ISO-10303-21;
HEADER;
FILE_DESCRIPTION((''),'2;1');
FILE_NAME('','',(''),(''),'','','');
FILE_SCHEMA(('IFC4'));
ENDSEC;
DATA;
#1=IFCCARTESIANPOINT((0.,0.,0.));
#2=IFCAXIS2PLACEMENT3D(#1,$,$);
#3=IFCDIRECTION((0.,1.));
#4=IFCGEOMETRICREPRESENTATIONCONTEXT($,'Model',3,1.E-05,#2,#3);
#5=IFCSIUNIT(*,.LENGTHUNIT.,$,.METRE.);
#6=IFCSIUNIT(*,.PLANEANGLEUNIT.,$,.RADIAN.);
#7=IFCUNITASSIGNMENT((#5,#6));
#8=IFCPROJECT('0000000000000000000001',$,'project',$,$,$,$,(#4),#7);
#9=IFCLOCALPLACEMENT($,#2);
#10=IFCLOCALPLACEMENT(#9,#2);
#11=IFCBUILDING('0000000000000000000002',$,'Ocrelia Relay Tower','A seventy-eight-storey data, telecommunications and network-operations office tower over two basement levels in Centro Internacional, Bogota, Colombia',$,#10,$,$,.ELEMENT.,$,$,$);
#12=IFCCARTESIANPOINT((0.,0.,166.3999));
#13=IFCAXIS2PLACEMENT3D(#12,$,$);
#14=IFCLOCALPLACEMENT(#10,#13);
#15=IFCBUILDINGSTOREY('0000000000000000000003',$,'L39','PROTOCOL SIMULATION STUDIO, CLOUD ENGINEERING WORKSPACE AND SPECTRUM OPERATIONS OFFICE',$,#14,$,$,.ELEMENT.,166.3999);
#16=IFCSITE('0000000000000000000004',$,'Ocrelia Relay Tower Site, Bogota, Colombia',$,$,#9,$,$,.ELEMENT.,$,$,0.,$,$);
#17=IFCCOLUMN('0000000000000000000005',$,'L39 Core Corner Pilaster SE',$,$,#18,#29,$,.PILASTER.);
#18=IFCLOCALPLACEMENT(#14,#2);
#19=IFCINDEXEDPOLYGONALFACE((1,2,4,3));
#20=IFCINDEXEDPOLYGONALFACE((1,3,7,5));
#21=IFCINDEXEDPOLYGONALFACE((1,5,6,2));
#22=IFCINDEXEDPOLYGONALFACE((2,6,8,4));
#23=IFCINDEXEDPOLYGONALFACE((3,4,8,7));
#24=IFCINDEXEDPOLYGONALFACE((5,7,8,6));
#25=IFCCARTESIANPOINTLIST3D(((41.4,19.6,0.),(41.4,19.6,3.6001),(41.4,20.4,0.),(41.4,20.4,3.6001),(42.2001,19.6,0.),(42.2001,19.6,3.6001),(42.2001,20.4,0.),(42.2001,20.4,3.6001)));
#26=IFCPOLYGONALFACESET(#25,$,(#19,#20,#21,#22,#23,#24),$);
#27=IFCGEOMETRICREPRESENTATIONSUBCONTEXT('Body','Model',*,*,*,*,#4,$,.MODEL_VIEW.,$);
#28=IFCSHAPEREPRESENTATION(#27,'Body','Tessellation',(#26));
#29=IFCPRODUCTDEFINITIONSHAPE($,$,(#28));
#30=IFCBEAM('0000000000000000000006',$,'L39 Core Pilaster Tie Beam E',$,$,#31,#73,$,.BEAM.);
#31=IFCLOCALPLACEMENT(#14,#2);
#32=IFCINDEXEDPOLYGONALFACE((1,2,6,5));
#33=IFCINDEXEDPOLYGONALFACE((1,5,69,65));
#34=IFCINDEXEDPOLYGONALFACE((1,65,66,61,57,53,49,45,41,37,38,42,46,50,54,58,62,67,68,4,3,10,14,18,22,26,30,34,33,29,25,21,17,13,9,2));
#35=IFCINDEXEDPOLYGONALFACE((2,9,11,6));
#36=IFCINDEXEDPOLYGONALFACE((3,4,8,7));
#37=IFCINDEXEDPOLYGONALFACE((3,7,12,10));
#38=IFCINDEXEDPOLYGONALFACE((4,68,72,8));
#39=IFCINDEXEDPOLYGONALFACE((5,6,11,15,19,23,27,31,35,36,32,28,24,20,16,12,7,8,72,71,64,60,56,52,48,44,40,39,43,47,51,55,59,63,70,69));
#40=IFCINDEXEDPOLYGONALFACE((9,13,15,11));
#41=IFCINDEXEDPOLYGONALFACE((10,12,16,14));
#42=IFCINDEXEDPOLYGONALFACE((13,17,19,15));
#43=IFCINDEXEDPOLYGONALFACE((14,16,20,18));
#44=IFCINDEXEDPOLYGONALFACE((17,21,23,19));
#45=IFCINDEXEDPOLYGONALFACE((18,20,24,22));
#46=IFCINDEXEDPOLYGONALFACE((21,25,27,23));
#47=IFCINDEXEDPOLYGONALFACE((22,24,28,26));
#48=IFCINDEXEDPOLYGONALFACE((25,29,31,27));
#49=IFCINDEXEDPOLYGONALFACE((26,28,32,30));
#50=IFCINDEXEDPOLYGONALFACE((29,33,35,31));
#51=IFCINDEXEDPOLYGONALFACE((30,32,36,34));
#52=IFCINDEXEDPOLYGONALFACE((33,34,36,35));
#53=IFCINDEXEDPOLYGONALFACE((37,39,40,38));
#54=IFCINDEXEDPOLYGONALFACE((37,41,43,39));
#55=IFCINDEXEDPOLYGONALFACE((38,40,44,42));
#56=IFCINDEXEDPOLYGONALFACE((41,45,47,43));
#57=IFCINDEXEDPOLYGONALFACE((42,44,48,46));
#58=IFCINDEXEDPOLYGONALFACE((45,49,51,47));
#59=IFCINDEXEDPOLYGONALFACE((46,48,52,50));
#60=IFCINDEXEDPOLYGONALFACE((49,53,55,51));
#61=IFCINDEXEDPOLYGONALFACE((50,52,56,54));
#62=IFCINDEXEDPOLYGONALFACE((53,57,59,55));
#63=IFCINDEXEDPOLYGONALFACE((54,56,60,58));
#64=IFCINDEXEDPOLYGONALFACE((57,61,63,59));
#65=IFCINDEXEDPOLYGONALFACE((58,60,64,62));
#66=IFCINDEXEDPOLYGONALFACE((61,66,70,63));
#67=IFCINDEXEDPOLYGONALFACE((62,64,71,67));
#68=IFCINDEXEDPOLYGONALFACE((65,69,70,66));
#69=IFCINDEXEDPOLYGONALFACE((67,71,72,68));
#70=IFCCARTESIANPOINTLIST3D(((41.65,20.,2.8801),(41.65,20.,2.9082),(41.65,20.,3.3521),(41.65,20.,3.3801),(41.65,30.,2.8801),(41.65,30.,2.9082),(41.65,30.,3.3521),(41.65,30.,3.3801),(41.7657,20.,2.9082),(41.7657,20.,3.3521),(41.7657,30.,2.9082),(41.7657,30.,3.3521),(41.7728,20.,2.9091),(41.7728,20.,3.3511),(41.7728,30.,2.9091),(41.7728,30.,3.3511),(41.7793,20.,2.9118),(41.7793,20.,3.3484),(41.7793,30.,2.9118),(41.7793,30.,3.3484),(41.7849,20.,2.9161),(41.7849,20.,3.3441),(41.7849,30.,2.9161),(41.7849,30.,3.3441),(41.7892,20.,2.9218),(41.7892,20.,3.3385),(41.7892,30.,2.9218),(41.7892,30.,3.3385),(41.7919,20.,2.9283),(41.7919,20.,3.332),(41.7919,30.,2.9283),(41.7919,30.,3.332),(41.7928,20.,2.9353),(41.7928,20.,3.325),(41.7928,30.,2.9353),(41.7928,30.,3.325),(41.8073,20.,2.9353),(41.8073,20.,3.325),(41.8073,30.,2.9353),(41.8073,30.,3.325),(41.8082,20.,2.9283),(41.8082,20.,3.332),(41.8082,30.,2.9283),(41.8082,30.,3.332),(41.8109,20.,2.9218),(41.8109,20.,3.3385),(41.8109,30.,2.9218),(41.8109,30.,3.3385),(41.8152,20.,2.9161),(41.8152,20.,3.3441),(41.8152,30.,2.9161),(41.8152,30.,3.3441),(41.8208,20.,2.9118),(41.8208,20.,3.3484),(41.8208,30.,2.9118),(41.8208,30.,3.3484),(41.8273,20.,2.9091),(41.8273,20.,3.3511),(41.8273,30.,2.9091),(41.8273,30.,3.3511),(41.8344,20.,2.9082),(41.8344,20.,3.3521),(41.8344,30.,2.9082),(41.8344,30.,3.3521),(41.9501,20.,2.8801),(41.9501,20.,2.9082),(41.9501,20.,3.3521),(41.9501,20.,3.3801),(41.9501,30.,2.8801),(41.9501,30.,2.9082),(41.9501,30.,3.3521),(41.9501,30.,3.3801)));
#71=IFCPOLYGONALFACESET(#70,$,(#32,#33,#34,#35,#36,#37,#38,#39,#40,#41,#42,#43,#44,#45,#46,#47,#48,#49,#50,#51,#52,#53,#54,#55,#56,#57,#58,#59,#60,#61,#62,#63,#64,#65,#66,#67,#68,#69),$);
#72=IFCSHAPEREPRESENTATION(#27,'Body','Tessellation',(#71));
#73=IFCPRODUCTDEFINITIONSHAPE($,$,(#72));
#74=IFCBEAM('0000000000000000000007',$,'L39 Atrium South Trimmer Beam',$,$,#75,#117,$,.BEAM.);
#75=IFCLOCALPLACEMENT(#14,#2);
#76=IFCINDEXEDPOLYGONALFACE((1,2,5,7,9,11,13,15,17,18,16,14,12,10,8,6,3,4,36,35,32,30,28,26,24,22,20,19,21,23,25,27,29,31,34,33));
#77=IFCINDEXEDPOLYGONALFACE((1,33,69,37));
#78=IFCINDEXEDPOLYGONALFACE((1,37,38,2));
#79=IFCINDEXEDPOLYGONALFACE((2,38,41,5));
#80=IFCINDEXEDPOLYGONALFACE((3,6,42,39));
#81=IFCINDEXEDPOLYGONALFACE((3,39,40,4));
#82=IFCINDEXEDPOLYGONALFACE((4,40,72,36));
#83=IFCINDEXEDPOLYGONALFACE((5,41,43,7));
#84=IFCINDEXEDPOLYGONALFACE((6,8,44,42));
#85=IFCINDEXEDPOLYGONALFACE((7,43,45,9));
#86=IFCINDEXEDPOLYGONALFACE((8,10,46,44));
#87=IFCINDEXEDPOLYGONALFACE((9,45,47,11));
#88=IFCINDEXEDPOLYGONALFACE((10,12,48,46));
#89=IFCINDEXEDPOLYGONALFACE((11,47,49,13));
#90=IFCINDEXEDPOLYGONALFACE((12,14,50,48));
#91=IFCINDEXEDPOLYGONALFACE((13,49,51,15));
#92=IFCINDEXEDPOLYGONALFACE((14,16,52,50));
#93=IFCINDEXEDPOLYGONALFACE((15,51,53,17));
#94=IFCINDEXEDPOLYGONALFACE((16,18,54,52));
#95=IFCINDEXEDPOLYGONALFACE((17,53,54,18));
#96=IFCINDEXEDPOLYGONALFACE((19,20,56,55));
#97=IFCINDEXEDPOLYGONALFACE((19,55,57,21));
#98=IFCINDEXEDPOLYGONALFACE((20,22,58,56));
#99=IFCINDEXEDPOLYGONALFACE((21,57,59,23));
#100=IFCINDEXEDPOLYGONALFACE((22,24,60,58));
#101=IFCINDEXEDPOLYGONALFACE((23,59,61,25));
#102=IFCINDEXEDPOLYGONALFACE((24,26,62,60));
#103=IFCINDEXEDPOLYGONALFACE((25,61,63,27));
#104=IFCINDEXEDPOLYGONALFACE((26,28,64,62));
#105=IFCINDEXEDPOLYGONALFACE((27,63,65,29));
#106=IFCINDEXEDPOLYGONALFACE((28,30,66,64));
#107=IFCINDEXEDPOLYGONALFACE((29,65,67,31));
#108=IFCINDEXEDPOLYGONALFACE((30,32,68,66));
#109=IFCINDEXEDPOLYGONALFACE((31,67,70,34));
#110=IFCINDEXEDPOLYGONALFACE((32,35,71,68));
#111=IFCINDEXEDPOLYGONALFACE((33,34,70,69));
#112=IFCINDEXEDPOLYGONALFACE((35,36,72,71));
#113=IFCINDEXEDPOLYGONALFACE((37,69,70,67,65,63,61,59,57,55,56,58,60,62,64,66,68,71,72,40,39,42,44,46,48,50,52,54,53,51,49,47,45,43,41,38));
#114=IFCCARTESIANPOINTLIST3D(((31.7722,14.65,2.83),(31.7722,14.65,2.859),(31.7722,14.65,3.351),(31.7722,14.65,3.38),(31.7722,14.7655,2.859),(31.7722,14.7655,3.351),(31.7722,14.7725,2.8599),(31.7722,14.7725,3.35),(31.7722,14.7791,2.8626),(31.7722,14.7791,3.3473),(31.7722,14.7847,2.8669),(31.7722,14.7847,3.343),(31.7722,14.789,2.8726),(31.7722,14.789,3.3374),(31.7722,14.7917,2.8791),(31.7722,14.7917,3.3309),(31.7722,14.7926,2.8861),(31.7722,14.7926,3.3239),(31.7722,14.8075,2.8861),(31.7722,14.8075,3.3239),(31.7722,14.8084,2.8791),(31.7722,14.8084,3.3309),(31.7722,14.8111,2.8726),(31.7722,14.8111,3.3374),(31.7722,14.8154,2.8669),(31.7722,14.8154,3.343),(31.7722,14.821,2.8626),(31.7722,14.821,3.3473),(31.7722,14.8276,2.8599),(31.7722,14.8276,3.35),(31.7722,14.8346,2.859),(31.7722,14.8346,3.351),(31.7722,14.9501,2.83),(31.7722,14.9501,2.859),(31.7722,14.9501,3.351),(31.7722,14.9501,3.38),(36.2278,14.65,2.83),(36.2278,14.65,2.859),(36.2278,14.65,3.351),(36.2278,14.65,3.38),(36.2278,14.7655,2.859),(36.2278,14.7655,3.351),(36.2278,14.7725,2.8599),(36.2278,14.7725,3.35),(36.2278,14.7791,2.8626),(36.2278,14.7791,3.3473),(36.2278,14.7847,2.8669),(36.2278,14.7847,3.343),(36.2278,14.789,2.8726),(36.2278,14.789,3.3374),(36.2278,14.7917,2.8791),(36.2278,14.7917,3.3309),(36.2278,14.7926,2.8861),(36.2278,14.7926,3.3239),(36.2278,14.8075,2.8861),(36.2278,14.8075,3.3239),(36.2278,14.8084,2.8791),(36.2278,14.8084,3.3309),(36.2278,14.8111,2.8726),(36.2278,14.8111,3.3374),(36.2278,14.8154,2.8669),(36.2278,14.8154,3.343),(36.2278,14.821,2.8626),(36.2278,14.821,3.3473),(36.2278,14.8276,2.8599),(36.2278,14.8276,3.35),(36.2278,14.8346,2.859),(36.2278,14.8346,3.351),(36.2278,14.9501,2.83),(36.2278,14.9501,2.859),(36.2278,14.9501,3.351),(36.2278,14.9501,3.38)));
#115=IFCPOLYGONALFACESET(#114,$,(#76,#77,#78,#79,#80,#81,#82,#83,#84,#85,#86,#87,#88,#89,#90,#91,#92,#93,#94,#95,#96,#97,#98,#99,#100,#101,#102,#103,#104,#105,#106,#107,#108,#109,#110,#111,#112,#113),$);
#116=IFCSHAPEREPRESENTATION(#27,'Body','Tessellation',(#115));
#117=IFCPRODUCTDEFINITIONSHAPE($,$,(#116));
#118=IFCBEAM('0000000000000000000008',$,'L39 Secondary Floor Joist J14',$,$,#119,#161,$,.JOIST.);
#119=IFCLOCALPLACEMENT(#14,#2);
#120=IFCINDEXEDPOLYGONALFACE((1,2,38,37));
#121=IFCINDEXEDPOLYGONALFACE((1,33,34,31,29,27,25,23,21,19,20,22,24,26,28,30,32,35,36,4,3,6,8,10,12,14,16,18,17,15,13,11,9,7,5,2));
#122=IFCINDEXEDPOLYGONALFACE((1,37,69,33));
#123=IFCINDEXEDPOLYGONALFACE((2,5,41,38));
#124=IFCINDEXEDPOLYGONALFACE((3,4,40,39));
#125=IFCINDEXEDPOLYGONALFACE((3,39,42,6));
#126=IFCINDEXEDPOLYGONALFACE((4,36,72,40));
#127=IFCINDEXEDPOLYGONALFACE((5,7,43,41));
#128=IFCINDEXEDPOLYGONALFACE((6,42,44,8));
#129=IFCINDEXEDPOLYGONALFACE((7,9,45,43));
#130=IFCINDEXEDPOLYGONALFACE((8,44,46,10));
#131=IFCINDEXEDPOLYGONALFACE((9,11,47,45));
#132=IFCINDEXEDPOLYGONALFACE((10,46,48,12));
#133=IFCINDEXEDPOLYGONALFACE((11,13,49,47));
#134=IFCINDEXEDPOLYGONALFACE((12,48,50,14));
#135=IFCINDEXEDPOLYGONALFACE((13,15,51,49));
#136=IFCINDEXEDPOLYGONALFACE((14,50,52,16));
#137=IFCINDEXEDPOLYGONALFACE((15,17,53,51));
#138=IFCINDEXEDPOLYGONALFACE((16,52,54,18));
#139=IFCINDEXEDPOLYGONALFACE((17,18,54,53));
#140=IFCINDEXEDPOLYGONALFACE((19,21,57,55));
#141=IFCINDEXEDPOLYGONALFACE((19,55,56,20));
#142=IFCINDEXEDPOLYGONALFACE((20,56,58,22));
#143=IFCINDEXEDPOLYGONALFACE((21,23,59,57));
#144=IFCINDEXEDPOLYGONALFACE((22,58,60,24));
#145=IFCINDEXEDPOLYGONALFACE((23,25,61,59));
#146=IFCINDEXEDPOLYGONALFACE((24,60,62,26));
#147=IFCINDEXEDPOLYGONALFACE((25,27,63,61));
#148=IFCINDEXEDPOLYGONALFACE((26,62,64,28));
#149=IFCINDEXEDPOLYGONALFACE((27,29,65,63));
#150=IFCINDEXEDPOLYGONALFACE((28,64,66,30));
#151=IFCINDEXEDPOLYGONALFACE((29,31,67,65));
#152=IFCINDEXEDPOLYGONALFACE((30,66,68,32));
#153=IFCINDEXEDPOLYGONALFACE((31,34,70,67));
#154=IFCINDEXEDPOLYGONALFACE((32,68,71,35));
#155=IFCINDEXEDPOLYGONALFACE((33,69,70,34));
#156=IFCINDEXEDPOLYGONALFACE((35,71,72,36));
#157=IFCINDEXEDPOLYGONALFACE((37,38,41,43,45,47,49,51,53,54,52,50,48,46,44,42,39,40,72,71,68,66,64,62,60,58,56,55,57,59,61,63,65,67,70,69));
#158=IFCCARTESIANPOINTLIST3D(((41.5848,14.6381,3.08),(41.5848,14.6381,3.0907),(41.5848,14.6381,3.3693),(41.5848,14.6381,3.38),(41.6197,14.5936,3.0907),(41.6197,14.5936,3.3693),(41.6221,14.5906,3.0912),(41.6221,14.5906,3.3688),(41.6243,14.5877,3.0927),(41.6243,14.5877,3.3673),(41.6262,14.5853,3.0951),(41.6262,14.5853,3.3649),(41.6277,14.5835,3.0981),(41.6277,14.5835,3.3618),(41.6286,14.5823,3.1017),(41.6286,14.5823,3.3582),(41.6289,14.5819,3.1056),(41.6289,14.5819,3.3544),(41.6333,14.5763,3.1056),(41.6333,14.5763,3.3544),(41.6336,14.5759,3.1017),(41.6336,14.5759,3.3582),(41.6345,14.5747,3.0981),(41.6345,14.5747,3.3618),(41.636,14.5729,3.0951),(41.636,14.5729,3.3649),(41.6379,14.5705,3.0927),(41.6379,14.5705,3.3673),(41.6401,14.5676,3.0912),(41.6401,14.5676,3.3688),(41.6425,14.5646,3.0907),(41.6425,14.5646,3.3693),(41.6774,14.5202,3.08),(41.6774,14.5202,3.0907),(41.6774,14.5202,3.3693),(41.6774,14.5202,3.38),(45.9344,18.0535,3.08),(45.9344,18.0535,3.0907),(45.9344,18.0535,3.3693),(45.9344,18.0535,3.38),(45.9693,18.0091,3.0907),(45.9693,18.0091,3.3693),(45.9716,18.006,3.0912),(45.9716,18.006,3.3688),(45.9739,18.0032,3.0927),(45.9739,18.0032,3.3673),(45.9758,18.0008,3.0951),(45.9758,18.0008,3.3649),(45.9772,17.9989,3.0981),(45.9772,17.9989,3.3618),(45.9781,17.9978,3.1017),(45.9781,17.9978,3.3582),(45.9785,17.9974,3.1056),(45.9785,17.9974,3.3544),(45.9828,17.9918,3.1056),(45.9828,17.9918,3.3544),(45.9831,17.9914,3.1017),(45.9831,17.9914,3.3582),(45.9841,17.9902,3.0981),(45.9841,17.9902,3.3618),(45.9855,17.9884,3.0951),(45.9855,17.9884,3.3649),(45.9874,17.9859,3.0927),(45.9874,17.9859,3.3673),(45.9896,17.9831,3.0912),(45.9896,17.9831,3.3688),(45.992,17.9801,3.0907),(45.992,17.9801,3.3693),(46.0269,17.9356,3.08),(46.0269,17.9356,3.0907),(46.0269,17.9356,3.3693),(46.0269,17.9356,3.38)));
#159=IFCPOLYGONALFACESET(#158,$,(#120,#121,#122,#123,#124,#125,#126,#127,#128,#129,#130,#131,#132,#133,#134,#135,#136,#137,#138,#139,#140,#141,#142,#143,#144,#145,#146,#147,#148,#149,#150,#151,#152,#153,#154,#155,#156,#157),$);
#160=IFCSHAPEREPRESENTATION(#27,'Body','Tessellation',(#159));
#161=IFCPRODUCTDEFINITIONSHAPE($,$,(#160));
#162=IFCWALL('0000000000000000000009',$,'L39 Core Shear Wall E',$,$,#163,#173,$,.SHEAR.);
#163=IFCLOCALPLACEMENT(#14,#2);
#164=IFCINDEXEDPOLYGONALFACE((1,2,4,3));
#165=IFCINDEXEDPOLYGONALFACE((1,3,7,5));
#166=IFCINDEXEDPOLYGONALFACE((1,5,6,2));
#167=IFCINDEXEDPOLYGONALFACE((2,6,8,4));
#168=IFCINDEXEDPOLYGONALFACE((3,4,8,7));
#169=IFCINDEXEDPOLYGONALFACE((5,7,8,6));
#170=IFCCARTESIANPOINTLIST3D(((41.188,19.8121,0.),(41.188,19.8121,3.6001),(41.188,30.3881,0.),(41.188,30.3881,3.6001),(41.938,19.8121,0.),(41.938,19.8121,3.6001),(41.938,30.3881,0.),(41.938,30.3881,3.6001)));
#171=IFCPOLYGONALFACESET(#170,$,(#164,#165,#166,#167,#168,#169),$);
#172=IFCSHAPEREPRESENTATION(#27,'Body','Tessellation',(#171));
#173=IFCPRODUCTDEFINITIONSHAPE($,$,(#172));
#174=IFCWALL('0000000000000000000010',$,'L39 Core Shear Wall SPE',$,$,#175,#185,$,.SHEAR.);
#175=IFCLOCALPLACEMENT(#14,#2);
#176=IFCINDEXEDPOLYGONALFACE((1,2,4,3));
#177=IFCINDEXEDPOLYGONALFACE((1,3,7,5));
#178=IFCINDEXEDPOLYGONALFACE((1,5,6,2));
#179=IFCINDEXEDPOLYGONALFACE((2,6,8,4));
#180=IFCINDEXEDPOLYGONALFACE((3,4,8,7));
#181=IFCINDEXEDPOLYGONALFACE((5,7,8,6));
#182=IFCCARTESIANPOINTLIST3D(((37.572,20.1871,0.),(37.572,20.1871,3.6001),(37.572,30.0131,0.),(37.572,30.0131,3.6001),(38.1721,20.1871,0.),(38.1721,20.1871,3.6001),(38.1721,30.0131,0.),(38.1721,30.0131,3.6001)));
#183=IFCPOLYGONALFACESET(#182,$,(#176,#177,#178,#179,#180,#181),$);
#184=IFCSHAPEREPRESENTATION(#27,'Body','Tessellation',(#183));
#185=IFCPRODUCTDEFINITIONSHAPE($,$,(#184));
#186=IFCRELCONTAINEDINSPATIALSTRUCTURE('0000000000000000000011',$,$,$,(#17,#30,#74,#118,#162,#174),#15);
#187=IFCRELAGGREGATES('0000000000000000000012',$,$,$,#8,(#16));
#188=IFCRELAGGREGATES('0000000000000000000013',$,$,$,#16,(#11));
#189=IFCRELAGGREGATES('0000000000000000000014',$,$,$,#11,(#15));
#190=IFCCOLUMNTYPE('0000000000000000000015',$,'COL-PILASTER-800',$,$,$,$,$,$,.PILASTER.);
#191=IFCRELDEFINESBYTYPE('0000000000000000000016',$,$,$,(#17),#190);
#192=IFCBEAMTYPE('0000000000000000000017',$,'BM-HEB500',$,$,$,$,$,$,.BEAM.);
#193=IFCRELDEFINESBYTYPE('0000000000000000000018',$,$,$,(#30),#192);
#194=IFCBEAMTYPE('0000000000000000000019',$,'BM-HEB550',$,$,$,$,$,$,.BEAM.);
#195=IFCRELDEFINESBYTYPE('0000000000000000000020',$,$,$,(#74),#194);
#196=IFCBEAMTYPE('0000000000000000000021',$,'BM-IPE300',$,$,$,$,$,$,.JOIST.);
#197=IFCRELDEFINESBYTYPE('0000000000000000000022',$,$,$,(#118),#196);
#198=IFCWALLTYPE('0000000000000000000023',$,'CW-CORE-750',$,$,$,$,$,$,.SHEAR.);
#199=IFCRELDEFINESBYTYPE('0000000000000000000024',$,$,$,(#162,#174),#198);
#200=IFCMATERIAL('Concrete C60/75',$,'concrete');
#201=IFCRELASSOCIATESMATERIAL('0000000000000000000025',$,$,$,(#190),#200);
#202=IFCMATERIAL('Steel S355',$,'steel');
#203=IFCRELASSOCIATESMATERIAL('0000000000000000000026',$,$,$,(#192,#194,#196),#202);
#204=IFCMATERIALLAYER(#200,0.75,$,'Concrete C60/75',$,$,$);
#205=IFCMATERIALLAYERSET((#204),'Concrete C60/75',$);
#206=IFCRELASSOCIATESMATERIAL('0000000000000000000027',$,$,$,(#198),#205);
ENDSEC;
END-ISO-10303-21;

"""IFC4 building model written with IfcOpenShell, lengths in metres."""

from ifc_helpers import new_model, si_unit, direction, frame, frame_2d, origin, origin_2d, place, context, subcontext, project, spatial, rectangle, i_section, extrude, material, layer, layer_set, material_profile, profile_set, type_object, element, save


model = new_model("IFC4")

# Units and contexts
model_context = context("Model", 3, precision=1e-05, world=origin(), true_north=direction((0.0, 1.0)))
body_context = subcontext(model_context, "Body", "Model", "MODEL_VIEW")
ifc_project = project(units=[si_unit("LENGTHUNIT", "METRE"), si_unit("PLANEANGLEUNIT", "RADIAN")], contexts=[model_context])

# Site, building, storey
site_placement = place(None, origin())
site = spatial("IfcSite", under=ifc_project, at=site_placement, Name="Ocrelia Relay Tower Site, Bogota, Colombia", CompositionType="ELEMENT", RefElevation=0.0)
building_placement = place(site_placement, origin())
building = spatial("IfcBuilding", under=site, at=building_placement, Name="Ocrelia Relay Tower", Description="A seventy-eight-storey data, telecommunications and network-operations office tower over two basement levels in Centro Internacional, Bogota, Colombia", CompositionType="ELEMENT")
storey_placement = place(building_placement, frame((0.0, 0.0, 166.3999)))
storey = spatial("IfcBuildingStorey", under=building, at=storey_placement, Name="L39", Description="PROTOCOL SIMULATION STUDIO, CLOUD ENGINEERING WORKSPACE AND SPECTRUM OPERATIONS OFFICE", CompositionType="ELEMENT", Elevation=166.3999)

# Column
ifc_material_1 = material(Name="Concrete C60/75", Category="concrete")
ifc_material_profile_1 = material_profile(ifc_material_1, rectangle(XDim=0.8, YDim=0.8, at=origin_2d()), Name="RC-COL-800x800")
ifc_profile_set_1 = profile_set([ifc_material_profile_1], Name="Concrete C60/75")
column_type = type_object("IfcColumnType", Name="COL-PILASTER-800", PredefinedType="PILASTER", material=ifc_profile_set_1)
column_placement = place(storey_placement, frame((41.8, 20.0, 0.0), z_axis=(0.0, 0.0, 1.0), x_axis=(1.0, 0.0, 0.0)))
element("IfcColumn", 1, at=column_placement, inside=storey, type_object=column_type, Name="L39 Core Corner Pilaster SE", PredefinedType="PILASTER", context=body_context, shape_type="SweptSolid", body=[
    extrude(rectangle(XDim=0.8, YDim=0.8, at=origin_2d()), origin(), (0.0, 0.0, 1.0), 3.6001),
])

# Beams
ifc_material_2 = material(Name="Steel S355", Category="steel")
ifc_material_profile_2 = material_profile(ifc_material_2, i_section(OverallWidth=0.3, OverallDepth=0.5, WebThickness=0.0144, FlangeThickness=0.0281, FilletRadius=0.0271, at=origin_2d()), Name="HEB 500")
ifc_profile_set_2 = profile_set([ifc_material_profile_2], Name="Steel S355")
beam_type_1 = type_object("IfcBeamType", Name="BM-HEB500", PredefinedType="BEAM", material=ifc_profile_set_2)
beam_1_placement = place(storey_placement, frame((41.8, 20.0, 3.1301), z_axis=(0.0, 1.0, 0.0), x_axis=(-1.0, 0.0, 0.0)))
element("IfcBeam", 2, at=beam_1_placement, inside=storey, type_object=beam_type_1, Name="L39 Core Pilaster Tie Beam E", PredefinedType="BEAM", context=body_context, shape_type="SweptSolid", body=[
    extrude(i_section(OverallWidth=0.3, OverallDepth=0.5, WebThickness=0.0144, FlangeThickness=0.0281, FilletRadius=0.0271, at=origin_2d()), origin(), (0.0, 0.0, 1.0), 10.0),
])
ifc_material_profile_3 = material_profile(ifc_material_2, i_section(OverallWidth=0.3, OverallDepth=0.55, WebThickness=0.0149, FlangeThickness=0.0291, FilletRadius=0.0271, at=origin_2d()), Name="HEB 550")
ifc_profile_set_3 = profile_set([ifc_material_profile_3], Name="Steel S355")
beam_type_2 = type_object("IfcBeamType", Name="BM-HEB550", PredefinedType="BEAM", material=ifc_profile_set_3)
beam_2_placement = place(storey_placement, frame((31.7722, 14.8, 3.105), z_axis=(1.0, 0.0, 0.0), x_axis=(0.0, 1.0, 0.0)))
element("IfcBeam", 3, at=beam_2_placement, inside=storey, type_object=beam_type_2, Name="L39 Atrium South Trimmer Beam", PredefinedType="BEAM", context=body_context, shape_type="SweptSolid", body=[
    extrude(i_section(OverallWidth=0.3, OverallDepth=0.55, WebThickness=0.0149, FlangeThickness=0.0291, FilletRadius=0.0271, at=origin_2d()), origin(), (0.0, 0.0, 1.0), 4.4556),
])
ifc_material_profile_4 = material_profile(ifc_material_2, i_section(OverallWidth=0.1499, OverallDepth=0.3, WebThickness=0.0071, FlangeThickness=0.0107, FilletRadius=0.0149, at=origin_2d()), Name="IPE 300")
ifc_profile_set_4 = profile_set([ifc_material_profile_4], Name="Steel S355")
beam_type_3 = type_object("IfcBeamType", Name="BM-IPE300", PredefinedType="JOIST", material=ifc_profile_set_4)
beam_3_placement = place(storey_placement, frame((41.6311, 14.5791, 3.23), z_axis=(0.786496, 0.617595, 0.0), x_axis=(-0.617595, 0.786496, 0.0)))
element("IfcBeam", 4, at=beam_3_placement, inside=storey, type_object=beam_type_3, Name="L39 Secondary Floor Joist J14", PredefinedType="JOIST", context=body_context, shape_type="SweptSolid", body=[
    extrude(i_section(OverallWidth=0.1499, OverallDepth=0.3, WebThickness=0.0071, FlangeThickness=0.0107, FilletRadius=0.0149, at=origin_2d()), origin(), (0.0, 0.0, 1.0), 5.5303),
])

# Walls
ifc_layer_1 = layer(ifc_material_1, 0.75, Name="Concrete C60/75")
ifc_layer_set_1 = layer_set([ifc_layer_1], Name="Concrete C60/75")
wall_type_1 = type_object("IfcWallType", Name="CW-CORE-750", PredefinedType="SHEAR", material=ifc_layer_set_1)
wall_1_placement = place(storey_placement, frame((41.563, 19.812, 0.0), z_axis=(0.0, 0.0, 1.0), x_axis=(0.0, 1.0, 0.0)))
element("IfcWall", 5, at=wall_1_placement, inside=storey, type_object=wall_type_1, Name="L39 Core Shear Wall E", PredefinedType="SHEAR", context=body_context, shape_type="SweptSolid", body=[
    extrude(rectangle(XDim=10.5759, YDim=0.75, at=frame_2d((5.2881, 0.0))), origin(), (0.0, 0.0, 1.0), 3.6001),
])
wall_2_placement = place(storey_placement, frame((37.8721, 20.187, 0.0), z_axis=(0.0, 0.0, 1.0), x_axis=(0.0, 1.0, 0.0)))
element("IfcWall", 6, at=wall_2_placement, inside=storey, type_object=wall_type_1, Name="L39 Core Shear Wall SPE", PredefinedType="SHEAR", context=body_context, shape_type="SweptSolid", body=[
    extrude(rectangle(XDim=9.8259, YDim=0.6001, at=frame_2d((4.9131, 0.0))), origin(), (0.0, 0.0, 1.0), 3.6001),
])

save(model, "model.ifc")
